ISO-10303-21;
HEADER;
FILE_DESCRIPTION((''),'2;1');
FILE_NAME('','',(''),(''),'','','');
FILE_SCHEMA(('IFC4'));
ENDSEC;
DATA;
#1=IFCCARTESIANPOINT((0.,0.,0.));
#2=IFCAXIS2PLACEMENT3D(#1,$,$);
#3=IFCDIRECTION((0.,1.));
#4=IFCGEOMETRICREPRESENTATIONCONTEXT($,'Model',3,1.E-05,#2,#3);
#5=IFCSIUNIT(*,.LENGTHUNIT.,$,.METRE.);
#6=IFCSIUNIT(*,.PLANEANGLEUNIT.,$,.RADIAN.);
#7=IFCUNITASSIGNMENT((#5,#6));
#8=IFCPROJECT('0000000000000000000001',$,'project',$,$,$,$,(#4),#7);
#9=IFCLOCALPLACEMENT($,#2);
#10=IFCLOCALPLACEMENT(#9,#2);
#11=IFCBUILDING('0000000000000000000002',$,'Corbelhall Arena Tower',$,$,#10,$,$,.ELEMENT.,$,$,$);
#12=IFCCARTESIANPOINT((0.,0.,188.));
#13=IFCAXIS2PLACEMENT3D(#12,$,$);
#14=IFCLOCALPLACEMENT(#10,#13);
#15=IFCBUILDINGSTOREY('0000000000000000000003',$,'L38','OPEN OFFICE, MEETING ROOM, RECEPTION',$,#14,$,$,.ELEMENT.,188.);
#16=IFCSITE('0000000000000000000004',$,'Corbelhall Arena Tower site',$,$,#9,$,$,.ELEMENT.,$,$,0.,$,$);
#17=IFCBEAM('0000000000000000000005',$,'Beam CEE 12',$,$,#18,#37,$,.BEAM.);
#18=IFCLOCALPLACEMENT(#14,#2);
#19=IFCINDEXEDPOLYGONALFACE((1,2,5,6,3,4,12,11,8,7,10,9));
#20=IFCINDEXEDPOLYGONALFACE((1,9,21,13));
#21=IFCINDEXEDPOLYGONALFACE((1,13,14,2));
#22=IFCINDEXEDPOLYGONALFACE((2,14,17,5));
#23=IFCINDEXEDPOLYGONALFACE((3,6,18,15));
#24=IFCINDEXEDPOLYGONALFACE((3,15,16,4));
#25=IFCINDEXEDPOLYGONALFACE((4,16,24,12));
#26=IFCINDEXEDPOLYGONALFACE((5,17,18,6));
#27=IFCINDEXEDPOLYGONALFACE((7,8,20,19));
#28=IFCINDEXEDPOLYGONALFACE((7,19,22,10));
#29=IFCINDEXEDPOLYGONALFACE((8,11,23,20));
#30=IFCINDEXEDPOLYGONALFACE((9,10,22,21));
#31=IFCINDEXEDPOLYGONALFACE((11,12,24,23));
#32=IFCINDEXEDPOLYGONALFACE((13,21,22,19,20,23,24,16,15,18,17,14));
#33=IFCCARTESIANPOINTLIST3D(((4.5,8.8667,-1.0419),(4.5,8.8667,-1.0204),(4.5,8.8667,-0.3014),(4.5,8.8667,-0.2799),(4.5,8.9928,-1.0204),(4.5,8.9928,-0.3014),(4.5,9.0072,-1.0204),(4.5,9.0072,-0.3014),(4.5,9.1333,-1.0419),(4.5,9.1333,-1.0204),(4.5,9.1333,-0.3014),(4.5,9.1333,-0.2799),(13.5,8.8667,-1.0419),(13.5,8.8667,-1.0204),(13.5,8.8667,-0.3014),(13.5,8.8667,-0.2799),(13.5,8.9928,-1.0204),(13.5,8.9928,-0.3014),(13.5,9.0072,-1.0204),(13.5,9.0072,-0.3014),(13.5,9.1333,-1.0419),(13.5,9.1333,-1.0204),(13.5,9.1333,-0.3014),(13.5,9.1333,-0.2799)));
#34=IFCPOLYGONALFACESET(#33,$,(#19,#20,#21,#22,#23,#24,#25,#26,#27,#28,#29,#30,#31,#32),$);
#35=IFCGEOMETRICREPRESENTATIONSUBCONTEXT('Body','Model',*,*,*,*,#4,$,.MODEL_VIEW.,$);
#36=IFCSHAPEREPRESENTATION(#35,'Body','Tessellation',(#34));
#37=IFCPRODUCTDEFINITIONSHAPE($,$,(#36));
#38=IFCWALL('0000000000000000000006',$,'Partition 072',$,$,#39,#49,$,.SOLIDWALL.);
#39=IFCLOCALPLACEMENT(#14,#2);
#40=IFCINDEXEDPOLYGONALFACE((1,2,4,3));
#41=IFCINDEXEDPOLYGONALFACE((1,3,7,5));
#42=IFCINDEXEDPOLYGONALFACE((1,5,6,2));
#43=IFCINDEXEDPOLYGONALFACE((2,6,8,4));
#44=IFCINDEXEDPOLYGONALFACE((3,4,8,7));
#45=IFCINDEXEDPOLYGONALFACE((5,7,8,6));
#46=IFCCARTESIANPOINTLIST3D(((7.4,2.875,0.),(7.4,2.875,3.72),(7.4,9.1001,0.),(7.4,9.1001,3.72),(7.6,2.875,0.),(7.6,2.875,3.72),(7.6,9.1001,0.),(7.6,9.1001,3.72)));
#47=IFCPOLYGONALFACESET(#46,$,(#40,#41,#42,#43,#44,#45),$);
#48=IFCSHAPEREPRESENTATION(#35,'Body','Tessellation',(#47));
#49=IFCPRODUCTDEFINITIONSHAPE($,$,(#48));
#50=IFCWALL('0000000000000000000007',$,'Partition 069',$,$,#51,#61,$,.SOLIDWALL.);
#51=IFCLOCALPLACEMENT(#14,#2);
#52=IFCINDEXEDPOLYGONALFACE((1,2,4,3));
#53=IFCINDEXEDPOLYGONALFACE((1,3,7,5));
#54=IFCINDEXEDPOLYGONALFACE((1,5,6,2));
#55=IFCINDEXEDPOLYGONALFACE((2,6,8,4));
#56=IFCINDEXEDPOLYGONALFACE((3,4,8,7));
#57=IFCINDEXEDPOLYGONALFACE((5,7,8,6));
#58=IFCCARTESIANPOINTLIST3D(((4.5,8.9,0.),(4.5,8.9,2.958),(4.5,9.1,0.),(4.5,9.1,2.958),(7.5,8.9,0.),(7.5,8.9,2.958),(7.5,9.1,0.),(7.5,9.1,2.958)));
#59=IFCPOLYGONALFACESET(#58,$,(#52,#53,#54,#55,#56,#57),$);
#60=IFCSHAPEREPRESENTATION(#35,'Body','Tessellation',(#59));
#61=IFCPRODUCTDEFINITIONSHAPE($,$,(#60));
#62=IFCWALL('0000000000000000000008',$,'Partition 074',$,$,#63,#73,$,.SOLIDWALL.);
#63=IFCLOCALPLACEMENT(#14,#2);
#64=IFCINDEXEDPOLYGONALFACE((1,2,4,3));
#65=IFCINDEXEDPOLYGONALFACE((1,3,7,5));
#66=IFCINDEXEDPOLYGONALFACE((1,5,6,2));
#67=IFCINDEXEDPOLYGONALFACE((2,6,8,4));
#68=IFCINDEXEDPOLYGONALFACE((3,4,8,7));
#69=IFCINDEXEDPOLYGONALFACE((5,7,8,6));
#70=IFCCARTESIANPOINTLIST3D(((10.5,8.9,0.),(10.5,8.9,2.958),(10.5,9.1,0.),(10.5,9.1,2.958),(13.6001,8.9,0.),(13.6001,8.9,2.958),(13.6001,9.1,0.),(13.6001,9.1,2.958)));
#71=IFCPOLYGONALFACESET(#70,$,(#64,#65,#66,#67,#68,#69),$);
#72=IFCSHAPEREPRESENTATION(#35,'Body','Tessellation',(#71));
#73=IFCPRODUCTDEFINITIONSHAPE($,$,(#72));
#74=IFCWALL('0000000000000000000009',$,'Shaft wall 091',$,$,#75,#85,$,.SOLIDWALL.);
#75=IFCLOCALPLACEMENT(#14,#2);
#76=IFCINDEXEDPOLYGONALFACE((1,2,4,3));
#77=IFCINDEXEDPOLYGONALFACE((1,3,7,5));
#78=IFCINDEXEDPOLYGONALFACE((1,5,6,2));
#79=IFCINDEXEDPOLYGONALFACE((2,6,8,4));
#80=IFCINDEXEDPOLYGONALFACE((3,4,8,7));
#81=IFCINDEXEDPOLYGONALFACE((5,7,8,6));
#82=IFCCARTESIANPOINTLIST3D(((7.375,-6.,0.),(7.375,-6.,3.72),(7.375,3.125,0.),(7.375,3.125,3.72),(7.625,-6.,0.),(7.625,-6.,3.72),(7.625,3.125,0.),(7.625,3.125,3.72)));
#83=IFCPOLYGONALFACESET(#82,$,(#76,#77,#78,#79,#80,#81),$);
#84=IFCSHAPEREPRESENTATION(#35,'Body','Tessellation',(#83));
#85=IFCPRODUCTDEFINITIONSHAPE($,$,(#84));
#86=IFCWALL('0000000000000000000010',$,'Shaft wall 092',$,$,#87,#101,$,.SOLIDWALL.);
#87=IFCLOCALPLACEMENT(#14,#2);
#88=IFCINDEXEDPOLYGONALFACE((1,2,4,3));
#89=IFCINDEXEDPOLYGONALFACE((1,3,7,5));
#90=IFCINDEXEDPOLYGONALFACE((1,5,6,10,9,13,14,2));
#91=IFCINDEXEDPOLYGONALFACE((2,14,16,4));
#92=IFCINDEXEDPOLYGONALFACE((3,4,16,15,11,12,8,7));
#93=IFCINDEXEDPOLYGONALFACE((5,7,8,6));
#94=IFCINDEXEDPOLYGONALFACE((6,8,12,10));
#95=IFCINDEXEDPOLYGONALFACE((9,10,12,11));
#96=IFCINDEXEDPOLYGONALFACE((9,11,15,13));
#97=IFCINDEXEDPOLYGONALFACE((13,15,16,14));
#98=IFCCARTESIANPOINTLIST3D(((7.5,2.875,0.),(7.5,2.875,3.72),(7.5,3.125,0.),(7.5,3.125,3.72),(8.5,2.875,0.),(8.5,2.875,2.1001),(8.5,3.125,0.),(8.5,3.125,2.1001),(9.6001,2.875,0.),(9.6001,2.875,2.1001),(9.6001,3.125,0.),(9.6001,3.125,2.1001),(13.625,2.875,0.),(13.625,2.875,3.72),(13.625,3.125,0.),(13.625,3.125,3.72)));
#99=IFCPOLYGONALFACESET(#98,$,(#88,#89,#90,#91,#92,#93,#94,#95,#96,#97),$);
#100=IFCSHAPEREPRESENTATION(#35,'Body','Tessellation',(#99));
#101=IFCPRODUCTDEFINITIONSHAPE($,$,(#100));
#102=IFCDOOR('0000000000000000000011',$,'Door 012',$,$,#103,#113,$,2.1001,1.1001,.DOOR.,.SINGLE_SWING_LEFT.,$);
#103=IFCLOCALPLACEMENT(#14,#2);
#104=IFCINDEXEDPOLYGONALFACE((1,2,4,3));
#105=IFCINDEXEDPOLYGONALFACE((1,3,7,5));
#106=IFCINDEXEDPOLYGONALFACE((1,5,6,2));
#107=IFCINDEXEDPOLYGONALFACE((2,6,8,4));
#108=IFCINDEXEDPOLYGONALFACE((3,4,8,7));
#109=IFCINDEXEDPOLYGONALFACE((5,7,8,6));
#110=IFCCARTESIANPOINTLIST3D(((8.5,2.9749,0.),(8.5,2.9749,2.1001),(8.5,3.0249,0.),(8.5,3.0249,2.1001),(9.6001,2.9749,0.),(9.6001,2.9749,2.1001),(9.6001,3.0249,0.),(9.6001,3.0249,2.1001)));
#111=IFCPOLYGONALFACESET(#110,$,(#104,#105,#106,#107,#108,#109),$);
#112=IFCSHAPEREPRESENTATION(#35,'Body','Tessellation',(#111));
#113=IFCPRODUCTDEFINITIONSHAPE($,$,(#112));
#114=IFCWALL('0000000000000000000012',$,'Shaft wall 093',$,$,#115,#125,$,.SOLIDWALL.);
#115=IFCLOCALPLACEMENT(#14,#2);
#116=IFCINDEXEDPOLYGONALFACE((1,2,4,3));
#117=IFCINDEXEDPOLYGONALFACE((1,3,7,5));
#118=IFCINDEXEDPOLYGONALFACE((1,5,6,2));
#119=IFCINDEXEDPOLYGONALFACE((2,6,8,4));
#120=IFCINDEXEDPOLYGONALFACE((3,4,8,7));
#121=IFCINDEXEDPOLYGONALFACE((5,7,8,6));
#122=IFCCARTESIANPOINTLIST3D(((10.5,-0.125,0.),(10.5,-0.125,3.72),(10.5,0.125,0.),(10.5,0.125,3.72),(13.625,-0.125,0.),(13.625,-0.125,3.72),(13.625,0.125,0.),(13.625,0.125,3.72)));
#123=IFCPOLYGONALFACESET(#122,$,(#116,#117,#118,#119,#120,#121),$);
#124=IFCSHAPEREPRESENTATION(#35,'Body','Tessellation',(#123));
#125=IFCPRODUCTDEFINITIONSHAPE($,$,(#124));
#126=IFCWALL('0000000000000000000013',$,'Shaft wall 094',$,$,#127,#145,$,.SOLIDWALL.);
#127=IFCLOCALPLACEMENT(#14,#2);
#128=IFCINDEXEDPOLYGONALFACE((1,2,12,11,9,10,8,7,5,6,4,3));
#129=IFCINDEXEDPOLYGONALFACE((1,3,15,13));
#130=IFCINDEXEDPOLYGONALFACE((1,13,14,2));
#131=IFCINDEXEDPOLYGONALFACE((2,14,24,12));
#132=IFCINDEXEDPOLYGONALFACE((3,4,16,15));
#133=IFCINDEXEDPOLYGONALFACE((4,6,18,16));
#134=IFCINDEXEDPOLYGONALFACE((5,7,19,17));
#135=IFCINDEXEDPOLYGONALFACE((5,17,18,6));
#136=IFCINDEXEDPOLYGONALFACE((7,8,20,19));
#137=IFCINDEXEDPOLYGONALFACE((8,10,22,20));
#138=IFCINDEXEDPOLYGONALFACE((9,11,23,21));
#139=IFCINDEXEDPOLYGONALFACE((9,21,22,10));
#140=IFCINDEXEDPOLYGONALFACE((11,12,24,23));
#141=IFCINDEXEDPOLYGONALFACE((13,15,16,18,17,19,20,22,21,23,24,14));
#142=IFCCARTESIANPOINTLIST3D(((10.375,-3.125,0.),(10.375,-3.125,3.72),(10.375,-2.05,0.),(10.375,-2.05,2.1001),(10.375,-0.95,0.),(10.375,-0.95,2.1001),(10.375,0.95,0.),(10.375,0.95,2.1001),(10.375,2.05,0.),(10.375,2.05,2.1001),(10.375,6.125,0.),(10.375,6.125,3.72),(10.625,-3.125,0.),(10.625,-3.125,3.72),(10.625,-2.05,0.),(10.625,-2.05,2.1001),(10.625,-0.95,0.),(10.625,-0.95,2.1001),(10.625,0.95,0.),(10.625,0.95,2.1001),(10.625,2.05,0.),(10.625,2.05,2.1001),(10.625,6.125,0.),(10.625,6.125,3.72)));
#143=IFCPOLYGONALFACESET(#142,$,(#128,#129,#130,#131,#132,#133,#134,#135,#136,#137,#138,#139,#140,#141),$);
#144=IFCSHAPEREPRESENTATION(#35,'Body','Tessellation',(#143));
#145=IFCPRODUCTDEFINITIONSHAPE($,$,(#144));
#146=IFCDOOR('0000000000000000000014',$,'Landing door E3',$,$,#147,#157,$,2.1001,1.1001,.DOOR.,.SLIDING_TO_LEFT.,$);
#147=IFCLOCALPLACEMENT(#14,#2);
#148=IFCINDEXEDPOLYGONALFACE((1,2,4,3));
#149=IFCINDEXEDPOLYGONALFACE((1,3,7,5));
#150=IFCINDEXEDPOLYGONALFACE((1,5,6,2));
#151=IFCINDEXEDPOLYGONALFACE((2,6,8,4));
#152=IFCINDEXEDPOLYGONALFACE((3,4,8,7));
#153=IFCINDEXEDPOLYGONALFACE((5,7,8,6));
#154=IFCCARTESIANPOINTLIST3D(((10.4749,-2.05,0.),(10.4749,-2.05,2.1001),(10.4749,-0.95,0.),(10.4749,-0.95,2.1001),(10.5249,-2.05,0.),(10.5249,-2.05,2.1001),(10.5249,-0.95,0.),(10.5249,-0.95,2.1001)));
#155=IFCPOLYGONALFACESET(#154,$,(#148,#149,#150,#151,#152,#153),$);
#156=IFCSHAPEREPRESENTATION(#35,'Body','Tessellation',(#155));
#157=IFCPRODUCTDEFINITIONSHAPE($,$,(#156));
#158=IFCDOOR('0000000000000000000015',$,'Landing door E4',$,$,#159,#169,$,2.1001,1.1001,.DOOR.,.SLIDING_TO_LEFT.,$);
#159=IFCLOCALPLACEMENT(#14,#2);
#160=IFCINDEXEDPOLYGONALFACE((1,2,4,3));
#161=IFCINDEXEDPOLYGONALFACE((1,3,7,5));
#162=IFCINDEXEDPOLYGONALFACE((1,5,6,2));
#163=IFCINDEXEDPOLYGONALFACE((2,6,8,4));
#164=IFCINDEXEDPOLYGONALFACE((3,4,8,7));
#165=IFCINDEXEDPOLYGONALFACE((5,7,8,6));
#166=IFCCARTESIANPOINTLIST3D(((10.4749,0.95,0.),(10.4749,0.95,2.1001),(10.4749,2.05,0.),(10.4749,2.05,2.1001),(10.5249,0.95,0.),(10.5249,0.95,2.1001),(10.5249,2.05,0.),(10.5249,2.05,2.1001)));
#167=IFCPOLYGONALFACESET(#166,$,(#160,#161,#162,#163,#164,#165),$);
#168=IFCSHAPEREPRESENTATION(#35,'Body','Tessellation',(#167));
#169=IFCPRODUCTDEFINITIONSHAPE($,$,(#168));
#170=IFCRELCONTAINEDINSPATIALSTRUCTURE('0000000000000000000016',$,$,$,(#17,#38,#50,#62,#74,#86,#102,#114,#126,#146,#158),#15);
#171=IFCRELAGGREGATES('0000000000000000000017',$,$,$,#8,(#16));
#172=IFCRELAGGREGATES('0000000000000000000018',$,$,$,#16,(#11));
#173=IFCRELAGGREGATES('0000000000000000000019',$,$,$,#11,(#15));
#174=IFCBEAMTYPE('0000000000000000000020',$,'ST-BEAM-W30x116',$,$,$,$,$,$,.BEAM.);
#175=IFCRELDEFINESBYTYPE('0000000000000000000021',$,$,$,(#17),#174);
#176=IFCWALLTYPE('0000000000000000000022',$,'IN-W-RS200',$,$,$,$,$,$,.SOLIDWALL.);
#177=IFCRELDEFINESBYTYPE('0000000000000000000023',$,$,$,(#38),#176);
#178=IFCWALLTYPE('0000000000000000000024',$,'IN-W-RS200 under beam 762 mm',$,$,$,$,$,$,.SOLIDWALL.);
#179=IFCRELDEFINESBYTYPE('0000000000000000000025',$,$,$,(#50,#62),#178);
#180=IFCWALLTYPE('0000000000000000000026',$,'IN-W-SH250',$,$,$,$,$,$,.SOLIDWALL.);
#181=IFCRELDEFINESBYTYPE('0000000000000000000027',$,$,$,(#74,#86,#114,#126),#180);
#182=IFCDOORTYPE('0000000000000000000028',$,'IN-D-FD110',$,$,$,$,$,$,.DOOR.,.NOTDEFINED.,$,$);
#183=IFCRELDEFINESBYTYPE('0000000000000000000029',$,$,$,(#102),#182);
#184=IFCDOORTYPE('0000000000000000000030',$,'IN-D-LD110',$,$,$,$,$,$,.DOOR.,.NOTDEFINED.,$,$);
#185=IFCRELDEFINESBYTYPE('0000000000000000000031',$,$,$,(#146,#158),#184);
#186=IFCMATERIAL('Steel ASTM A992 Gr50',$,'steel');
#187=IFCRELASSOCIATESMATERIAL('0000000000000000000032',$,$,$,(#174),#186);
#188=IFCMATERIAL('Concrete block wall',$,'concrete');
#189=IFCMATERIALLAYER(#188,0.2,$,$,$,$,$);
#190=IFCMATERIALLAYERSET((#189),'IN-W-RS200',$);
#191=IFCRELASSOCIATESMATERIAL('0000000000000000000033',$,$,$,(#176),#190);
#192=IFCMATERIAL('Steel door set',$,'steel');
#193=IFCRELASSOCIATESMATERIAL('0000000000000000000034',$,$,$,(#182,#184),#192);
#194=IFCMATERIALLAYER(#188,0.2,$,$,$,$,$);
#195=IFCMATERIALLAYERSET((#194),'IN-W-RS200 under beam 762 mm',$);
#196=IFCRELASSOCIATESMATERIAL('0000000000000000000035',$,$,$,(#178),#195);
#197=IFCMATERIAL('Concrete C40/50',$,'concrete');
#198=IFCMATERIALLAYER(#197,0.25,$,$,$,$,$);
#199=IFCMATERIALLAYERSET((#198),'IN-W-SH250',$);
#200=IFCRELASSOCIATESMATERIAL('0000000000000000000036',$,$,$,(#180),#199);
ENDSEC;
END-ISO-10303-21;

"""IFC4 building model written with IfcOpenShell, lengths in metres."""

from ifc_helpers import new_model, si_unit, direction, frame, frame_2d, origin, origin_2d, place, context, subcontext, project, spatial, rectangle, i_section, extrude, material, layer, layer_set, material_profile, profile_set, type_object, element, fill, save


model = new_model("IFC4")

# Units and contexts
model_context = context("Model", 3, precision=1e-05, world=origin(), true_north=direction((0.0, 1.0)))
body_context = subcontext(model_context, "Body", "Model", "MODEL_VIEW")
ifc_project = project(units=[si_unit("LENGTHUNIT", "METRE"), si_unit("PLANEANGLEUNIT", "RADIAN")], contexts=[model_context])

# Site, building, storey
site_placement = place(None, origin())
site = spatial("IfcSite", under=ifc_project, at=site_placement, Name="Corbelhall Arena Tower site", CompositionType="ELEMENT", RefElevation=0.0)
building_placement = place(site_placement, origin())
building = spatial("IfcBuilding", under=site, at=building_placement, Name="Corbelhall Arena Tower", CompositionType="ELEMENT")
storey_placement = place(building_placement, frame((0.0, 0.0, 188.0)))
storey = spatial("IfcBuildingStorey", under=building, at=storey_placement, Name="L38", Description="OPEN OFFICE, MEETING ROOM, RECEPTION", CompositionType="ELEMENT", Elevation=188.0)

# Beam
ifc_material_1 = material(Name="Steel ASTM A992 Gr50", Category="steel")
ifc_material_profile = material_profile(ifc_material_1, i_section(OverallWidth=0.2666, OverallDepth=0.762, WebThickness=0.0144, FlangeThickness=0.0215, at=origin_2d()))
ifc_profile_set = profile_set([ifc_material_profile], Name="Steel ASTM A992 Gr50")
beam_type = type_object("IfcBeamType", Name="ST-BEAM-W30x116", PredefinedType="BEAM", material=ifc_profile_set)
beam_placement = place(storey_placement, frame((4.5, 9.0, -0.6609), z_axis=(1.0, 0.0, 0.0), x_axis=(0.0, 1.0, 0.0)))
element("IfcBeam", 1, at=beam_placement, inside=storey, type_object=beam_type, Name="Beam CEE 12", PredefinedType="BEAM", context=body_context, shape_type="SweptSolid", body=[
    extrude(i_section(OverallWidth=0.2666, OverallDepth=0.762, WebThickness=0.0144, FlangeThickness=0.0215, at=origin_2d()), origin(), (0.0, 0.0, 1.0), 9.0),
])

# Wall
ifc_material_2 = material(Name="Concrete block wall", Category="concrete")
ifc_layer_1 = layer(ifc_material_2, 0.2)
ifc_layer_set_1 = layer_set([ifc_layer_1], Name="IN-W-RS200")
wall_type_1 = type_object("IfcWallType", Name="IN-W-RS200", PredefinedType="SOLIDWALL", material=ifc_layer_set_1)
wall_1_placement = place(storey_placement, frame((7.5, 9.1001, 0.0), z_axis=(0.0, 0.0, 1.0), x_axis=(0.0, -1.0, 0.0)))
element("IfcWall", 2, at=wall_1_placement, inside=storey, type_object=wall_type_1, Name="Partition 072", PredefinedType="SOLIDWALL", context=body_context, shape_type="SweptSolid", body=[
    extrude(rectangle(XDim=6.2251, YDim=0.2, at=frame_2d((3.1125, 0.0))), origin(), (0.0, 0.0, 1.0), 3.72),
])

# Shared definitions
ifc_material_3 = material(Name="Steel door set", Category="steel")
door_type_1 = type_object("IfcDoorType", Name="IN-D-FD110", OperationType="NOTDEFINED", PredefinedType="DOOR", material=ifc_material_3)

# Walls
ifc_layer_2 = layer(ifc_material_2, 0.2)
ifc_layer_set_2 = layer_set([ifc_layer_2], Name="IN-W-RS200 under beam 762 mm")
wall_type_2 = type_object("IfcWallType", Name="IN-W-RS200 under beam 762 mm", PredefinedType="SOLIDWALL", material=ifc_layer_set_2)
wall_2_placement = place(storey_placement, frame((4.5, 9.0, 0.0), z_axis=(0.0, 0.0, 1.0), x_axis=(1.0, 0.0, 0.0)))
element("IfcWall", 3, at=wall_2_placement, inside=storey, type_object=wall_type_2, Name="Partition 069", PredefinedType="SOLIDWALL", context=body_context, shape_type="SweptSolid", body=[
    extrude(rectangle(XDim=3.0, YDim=0.2, at=frame_2d((1.5, 0.0))), origin(), (0.0, 0.0, 1.0), 2.958),
])
wall_3_placement = place(storey_placement, frame((10.5, 9.0, 0.0), z_axis=(0.0, 0.0, 1.0), x_axis=(1.0, 0.0, 0.0)))
element("IfcWall", 4, at=wall_3_placement, inside=storey, type_object=wall_type_2, Name="Partition 074", PredefinedType="SOLIDWALL", context=body_context, shape_type="SweptSolid", body=[
    extrude(rectangle(XDim=3.1001, YDim=0.2, at=frame_2d((1.55, 0.0))), origin(), (0.0, 0.0, 1.0), 2.958),
])
ifc_material_4 = material(Name="Concrete C40/50", Category="concrete")
ifc_layer_3 = layer(ifc_material_4, 0.25)
ifc_layer_set_3 = layer_set([ifc_layer_3], Name="IN-W-SH250")
wall_type_3 = type_object("IfcWallType", Name="IN-W-SH250", PredefinedType="SOLIDWALL", material=ifc_layer_set_3)
wall_4_placement = place(storey_placement, frame((7.5, 3.125, 0.0), z_axis=(0.0, 0.0, 1.0), x_axis=(0.0, -1.0, 0.0)))
element("IfcWall", 5, at=wall_4_placement, inside=storey, type_object=wall_type_3, Name="Shaft wall 091", PredefinedType="SOLIDWALL", context=body_context, shape_type="SweptSolid", body=[
    extrude(rectangle(XDim=9.125, YDim=0.25, at=frame_2d((4.5625, 0.0))), origin(), (0.0, 0.0, 1.0), 3.72),
])

# Wall, opening, door
wall_5_placement = place(storey_placement, frame((7.5, 3.0, 0.0), z_axis=(0.0, 0.0, 1.0), x_axis=(1.0, 0.0, 0.0)))
wall_5 = element("IfcWall", 6, at=wall_5_placement, inside=storey, type_object=wall_type_3, Name="Shaft wall 092", PredefinedType="SOLIDWALL", context=body_context, shape_type="SweptSolid", body=[
    extrude(rectangle(XDim=6.125, YDim=0.25, at=frame_2d((3.0625, 0.0))), origin(), (0.0, 0.0, 1.0), 3.72),
])
opening_1_placement = place(wall_5_placement, frame((1.0, 0.0, 0.0)))
opening_1 = element("IfcOpeningElement", 7, at=opening_1_placement, cuts=wall_5, PredefinedType="OPENING", context=body_context, shape_type="SweptSolid", body=[
    extrude(rectangle(XDim=1.1001, YDim=2.1001, at=frame_2d((0.55, 1.05))), frame((0.0, 0.125, 0.0), z_axis=(0.0, -1.0, 0.0), x_axis=(1.0, 0.0, 0.0)), (0.0, 0.0, 1.0), 0.25),
])
door_1_placement = place(opening_1_placement, origin())
door_1 = element("IfcDoor", 8, at=door_1_placement, inside=storey, type_object=door_type_1, Name="Door 012", OperationType="SINGLE_SWING_LEFT", OverallHeight=2.1001, OverallWidth=1.1001, PredefinedType="DOOR", context=body_context, shape_type="SweptSolid", body=[
    extrude(rectangle(XDim=1.1001, YDim=2.1001, at=frame_2d((0.55, 1.05))), frame((0.0, 0.0249, 0.0), z_axis=(0.0, -1.0, 0.0), x_axis=(1.0, 0.0, 0.0)), (0.0, 0.0, 1.0), 0.05),
])
fill(opening_1, door_1)

# Wall
wall_6_placement = place(storey_placement, frame((10.5, 0.0, 0.0), z_axis=(0.0, 0.0, 1.0), x_axis=(1.0, 0.0, 0.0)))
element("IfcWall", 9, at=wall_6_placement, inside=storey, type_object=wall_type_3, Name="Shaft wall 093", PredefinedType="SOLIDWALL", context=body_context, shape_type="SweptSolid", body=[
    extrude(rectangle(XDim=3.125, YDim=0.25, at=frame_2d((1.5625, 0.0))), origin(), (0.0, 0.0, 1.0), 3.72),
])

# Wall, openings, doors
wall_7_placement = place(storey_placement, frame((10.5, 6.125, 0.0), z_axis=(0.0, 0.0, 1.0), x_axis=(0.0, -1.0, 0.0)))
wall_7 = element("IfcWall", 10, at=wall_7_placement, inside=storey, type_object=wall_type_3, Name="Shaft wall 094", PredefinedType="SOLIDWALL", context=body_context, shape_type="SweptSolid", body=[
    extrude(rectangle(XDim=9.25, YDim=0.25, at=frame_2d((4.625, 0.0))), origin(), (0.0, 0.0, 1.0), 3.72),
])
opening_2_placement = place(wall_7_placement, frame((7.075, 0.0, 0.0)))
opening_2 = element("IfcOpeningElement", 11, at=opening_2_placement, cuts=wall_7, PredefinedType="OPENING", context=body_context, shape_type="SweptSolid", body=[
    extrude(rectangle(XDim=1.1001, YDim=2.1001, at=frame_2d((0.55, 1.05))), frame((0.0, 0.125, 0.0), z_axis=(0.0, -1.0, 0.0), x_axis=(1.0, 0.0, 0.0)), (0.0, 0.0, 1.0), 0.25),
])
opening_3_placement = place(wall_7_placement, frame((4.075, 0.0, 0.0)))
opening_3 = element("IfcOpeningElement", 12, at=opening_3_placement, cuts=wall_7, PredefinedType="OPENING", context=body_context, shape_type="SweptSolid", body=[
    extrude(rectangle(XDim=1.1001, YDim=2.1001, at=frame_2d((0.55, 1.05))), frame((0.0, 0.125, 0.0), z_axis=(0.0, -1.0, 0.0), x_axis=(1.0, 0.0, 0.0)), (0.0, 0.0, 1.0), 0.25),
])
door_type_2 = type_object("IfcDoorType", Name="IN-D-LD110", OperationType="NOTDEFINED", PredefinedType="DOOR", material=ifc_material_3)
door_2_placement = place(opening_2_placement, origin())
door_2 = element("IfcDoor", 13, at=door_2_placement, inside=storey, type_object=door_type_2, Name="Landing door E3", OperationType="SLIDING_TO_LEFT", OverallHeight=2.1001, OverallWidth=1.1001, PredefinedType="DOOR", context=body_context, shape_type="SweptSolid", body=[
    extrude(rectangle(XDim=1.1001, YDim=2.1001, at=frame_2d((0.55, 1.05))), frame((0.0, 0.0249, 0.0), z_axis=(0.0, -1.0, 0.0), x_axis=(1.0, 0.0, 0.0)), (0.0, 0.0, 1.0), 0.05),
])
fill(opening_2, door_2)
door_3_placement = place(opening_3_placement, origin())
door_3 = element("IfcDoor", 14, at=door_3_placement, inside=storey, type_object=door_type_2, Name="Landing door E4", OperationType="SLIDING_TO_LEFT", OverallHeight=2.1001, OverallWidth=1.1001, PredefinedType="DOOR", context=body_context, shape_type="SweptSolid", body=[
    extrude(rectangle(XDim=1.1001, YDim=2.1001, at=frame_2d((0.55, 1.05))), frame((0.0, 0.0249, 0.0), z_axis=(0.0, -1.0, 0.0), x_axis=(1.0, 0.0, 0.0)), (0.0, 0.0, 1.0), 0.05),
])
fill(opening_3, door_3)

save(model, "model.ifc")
